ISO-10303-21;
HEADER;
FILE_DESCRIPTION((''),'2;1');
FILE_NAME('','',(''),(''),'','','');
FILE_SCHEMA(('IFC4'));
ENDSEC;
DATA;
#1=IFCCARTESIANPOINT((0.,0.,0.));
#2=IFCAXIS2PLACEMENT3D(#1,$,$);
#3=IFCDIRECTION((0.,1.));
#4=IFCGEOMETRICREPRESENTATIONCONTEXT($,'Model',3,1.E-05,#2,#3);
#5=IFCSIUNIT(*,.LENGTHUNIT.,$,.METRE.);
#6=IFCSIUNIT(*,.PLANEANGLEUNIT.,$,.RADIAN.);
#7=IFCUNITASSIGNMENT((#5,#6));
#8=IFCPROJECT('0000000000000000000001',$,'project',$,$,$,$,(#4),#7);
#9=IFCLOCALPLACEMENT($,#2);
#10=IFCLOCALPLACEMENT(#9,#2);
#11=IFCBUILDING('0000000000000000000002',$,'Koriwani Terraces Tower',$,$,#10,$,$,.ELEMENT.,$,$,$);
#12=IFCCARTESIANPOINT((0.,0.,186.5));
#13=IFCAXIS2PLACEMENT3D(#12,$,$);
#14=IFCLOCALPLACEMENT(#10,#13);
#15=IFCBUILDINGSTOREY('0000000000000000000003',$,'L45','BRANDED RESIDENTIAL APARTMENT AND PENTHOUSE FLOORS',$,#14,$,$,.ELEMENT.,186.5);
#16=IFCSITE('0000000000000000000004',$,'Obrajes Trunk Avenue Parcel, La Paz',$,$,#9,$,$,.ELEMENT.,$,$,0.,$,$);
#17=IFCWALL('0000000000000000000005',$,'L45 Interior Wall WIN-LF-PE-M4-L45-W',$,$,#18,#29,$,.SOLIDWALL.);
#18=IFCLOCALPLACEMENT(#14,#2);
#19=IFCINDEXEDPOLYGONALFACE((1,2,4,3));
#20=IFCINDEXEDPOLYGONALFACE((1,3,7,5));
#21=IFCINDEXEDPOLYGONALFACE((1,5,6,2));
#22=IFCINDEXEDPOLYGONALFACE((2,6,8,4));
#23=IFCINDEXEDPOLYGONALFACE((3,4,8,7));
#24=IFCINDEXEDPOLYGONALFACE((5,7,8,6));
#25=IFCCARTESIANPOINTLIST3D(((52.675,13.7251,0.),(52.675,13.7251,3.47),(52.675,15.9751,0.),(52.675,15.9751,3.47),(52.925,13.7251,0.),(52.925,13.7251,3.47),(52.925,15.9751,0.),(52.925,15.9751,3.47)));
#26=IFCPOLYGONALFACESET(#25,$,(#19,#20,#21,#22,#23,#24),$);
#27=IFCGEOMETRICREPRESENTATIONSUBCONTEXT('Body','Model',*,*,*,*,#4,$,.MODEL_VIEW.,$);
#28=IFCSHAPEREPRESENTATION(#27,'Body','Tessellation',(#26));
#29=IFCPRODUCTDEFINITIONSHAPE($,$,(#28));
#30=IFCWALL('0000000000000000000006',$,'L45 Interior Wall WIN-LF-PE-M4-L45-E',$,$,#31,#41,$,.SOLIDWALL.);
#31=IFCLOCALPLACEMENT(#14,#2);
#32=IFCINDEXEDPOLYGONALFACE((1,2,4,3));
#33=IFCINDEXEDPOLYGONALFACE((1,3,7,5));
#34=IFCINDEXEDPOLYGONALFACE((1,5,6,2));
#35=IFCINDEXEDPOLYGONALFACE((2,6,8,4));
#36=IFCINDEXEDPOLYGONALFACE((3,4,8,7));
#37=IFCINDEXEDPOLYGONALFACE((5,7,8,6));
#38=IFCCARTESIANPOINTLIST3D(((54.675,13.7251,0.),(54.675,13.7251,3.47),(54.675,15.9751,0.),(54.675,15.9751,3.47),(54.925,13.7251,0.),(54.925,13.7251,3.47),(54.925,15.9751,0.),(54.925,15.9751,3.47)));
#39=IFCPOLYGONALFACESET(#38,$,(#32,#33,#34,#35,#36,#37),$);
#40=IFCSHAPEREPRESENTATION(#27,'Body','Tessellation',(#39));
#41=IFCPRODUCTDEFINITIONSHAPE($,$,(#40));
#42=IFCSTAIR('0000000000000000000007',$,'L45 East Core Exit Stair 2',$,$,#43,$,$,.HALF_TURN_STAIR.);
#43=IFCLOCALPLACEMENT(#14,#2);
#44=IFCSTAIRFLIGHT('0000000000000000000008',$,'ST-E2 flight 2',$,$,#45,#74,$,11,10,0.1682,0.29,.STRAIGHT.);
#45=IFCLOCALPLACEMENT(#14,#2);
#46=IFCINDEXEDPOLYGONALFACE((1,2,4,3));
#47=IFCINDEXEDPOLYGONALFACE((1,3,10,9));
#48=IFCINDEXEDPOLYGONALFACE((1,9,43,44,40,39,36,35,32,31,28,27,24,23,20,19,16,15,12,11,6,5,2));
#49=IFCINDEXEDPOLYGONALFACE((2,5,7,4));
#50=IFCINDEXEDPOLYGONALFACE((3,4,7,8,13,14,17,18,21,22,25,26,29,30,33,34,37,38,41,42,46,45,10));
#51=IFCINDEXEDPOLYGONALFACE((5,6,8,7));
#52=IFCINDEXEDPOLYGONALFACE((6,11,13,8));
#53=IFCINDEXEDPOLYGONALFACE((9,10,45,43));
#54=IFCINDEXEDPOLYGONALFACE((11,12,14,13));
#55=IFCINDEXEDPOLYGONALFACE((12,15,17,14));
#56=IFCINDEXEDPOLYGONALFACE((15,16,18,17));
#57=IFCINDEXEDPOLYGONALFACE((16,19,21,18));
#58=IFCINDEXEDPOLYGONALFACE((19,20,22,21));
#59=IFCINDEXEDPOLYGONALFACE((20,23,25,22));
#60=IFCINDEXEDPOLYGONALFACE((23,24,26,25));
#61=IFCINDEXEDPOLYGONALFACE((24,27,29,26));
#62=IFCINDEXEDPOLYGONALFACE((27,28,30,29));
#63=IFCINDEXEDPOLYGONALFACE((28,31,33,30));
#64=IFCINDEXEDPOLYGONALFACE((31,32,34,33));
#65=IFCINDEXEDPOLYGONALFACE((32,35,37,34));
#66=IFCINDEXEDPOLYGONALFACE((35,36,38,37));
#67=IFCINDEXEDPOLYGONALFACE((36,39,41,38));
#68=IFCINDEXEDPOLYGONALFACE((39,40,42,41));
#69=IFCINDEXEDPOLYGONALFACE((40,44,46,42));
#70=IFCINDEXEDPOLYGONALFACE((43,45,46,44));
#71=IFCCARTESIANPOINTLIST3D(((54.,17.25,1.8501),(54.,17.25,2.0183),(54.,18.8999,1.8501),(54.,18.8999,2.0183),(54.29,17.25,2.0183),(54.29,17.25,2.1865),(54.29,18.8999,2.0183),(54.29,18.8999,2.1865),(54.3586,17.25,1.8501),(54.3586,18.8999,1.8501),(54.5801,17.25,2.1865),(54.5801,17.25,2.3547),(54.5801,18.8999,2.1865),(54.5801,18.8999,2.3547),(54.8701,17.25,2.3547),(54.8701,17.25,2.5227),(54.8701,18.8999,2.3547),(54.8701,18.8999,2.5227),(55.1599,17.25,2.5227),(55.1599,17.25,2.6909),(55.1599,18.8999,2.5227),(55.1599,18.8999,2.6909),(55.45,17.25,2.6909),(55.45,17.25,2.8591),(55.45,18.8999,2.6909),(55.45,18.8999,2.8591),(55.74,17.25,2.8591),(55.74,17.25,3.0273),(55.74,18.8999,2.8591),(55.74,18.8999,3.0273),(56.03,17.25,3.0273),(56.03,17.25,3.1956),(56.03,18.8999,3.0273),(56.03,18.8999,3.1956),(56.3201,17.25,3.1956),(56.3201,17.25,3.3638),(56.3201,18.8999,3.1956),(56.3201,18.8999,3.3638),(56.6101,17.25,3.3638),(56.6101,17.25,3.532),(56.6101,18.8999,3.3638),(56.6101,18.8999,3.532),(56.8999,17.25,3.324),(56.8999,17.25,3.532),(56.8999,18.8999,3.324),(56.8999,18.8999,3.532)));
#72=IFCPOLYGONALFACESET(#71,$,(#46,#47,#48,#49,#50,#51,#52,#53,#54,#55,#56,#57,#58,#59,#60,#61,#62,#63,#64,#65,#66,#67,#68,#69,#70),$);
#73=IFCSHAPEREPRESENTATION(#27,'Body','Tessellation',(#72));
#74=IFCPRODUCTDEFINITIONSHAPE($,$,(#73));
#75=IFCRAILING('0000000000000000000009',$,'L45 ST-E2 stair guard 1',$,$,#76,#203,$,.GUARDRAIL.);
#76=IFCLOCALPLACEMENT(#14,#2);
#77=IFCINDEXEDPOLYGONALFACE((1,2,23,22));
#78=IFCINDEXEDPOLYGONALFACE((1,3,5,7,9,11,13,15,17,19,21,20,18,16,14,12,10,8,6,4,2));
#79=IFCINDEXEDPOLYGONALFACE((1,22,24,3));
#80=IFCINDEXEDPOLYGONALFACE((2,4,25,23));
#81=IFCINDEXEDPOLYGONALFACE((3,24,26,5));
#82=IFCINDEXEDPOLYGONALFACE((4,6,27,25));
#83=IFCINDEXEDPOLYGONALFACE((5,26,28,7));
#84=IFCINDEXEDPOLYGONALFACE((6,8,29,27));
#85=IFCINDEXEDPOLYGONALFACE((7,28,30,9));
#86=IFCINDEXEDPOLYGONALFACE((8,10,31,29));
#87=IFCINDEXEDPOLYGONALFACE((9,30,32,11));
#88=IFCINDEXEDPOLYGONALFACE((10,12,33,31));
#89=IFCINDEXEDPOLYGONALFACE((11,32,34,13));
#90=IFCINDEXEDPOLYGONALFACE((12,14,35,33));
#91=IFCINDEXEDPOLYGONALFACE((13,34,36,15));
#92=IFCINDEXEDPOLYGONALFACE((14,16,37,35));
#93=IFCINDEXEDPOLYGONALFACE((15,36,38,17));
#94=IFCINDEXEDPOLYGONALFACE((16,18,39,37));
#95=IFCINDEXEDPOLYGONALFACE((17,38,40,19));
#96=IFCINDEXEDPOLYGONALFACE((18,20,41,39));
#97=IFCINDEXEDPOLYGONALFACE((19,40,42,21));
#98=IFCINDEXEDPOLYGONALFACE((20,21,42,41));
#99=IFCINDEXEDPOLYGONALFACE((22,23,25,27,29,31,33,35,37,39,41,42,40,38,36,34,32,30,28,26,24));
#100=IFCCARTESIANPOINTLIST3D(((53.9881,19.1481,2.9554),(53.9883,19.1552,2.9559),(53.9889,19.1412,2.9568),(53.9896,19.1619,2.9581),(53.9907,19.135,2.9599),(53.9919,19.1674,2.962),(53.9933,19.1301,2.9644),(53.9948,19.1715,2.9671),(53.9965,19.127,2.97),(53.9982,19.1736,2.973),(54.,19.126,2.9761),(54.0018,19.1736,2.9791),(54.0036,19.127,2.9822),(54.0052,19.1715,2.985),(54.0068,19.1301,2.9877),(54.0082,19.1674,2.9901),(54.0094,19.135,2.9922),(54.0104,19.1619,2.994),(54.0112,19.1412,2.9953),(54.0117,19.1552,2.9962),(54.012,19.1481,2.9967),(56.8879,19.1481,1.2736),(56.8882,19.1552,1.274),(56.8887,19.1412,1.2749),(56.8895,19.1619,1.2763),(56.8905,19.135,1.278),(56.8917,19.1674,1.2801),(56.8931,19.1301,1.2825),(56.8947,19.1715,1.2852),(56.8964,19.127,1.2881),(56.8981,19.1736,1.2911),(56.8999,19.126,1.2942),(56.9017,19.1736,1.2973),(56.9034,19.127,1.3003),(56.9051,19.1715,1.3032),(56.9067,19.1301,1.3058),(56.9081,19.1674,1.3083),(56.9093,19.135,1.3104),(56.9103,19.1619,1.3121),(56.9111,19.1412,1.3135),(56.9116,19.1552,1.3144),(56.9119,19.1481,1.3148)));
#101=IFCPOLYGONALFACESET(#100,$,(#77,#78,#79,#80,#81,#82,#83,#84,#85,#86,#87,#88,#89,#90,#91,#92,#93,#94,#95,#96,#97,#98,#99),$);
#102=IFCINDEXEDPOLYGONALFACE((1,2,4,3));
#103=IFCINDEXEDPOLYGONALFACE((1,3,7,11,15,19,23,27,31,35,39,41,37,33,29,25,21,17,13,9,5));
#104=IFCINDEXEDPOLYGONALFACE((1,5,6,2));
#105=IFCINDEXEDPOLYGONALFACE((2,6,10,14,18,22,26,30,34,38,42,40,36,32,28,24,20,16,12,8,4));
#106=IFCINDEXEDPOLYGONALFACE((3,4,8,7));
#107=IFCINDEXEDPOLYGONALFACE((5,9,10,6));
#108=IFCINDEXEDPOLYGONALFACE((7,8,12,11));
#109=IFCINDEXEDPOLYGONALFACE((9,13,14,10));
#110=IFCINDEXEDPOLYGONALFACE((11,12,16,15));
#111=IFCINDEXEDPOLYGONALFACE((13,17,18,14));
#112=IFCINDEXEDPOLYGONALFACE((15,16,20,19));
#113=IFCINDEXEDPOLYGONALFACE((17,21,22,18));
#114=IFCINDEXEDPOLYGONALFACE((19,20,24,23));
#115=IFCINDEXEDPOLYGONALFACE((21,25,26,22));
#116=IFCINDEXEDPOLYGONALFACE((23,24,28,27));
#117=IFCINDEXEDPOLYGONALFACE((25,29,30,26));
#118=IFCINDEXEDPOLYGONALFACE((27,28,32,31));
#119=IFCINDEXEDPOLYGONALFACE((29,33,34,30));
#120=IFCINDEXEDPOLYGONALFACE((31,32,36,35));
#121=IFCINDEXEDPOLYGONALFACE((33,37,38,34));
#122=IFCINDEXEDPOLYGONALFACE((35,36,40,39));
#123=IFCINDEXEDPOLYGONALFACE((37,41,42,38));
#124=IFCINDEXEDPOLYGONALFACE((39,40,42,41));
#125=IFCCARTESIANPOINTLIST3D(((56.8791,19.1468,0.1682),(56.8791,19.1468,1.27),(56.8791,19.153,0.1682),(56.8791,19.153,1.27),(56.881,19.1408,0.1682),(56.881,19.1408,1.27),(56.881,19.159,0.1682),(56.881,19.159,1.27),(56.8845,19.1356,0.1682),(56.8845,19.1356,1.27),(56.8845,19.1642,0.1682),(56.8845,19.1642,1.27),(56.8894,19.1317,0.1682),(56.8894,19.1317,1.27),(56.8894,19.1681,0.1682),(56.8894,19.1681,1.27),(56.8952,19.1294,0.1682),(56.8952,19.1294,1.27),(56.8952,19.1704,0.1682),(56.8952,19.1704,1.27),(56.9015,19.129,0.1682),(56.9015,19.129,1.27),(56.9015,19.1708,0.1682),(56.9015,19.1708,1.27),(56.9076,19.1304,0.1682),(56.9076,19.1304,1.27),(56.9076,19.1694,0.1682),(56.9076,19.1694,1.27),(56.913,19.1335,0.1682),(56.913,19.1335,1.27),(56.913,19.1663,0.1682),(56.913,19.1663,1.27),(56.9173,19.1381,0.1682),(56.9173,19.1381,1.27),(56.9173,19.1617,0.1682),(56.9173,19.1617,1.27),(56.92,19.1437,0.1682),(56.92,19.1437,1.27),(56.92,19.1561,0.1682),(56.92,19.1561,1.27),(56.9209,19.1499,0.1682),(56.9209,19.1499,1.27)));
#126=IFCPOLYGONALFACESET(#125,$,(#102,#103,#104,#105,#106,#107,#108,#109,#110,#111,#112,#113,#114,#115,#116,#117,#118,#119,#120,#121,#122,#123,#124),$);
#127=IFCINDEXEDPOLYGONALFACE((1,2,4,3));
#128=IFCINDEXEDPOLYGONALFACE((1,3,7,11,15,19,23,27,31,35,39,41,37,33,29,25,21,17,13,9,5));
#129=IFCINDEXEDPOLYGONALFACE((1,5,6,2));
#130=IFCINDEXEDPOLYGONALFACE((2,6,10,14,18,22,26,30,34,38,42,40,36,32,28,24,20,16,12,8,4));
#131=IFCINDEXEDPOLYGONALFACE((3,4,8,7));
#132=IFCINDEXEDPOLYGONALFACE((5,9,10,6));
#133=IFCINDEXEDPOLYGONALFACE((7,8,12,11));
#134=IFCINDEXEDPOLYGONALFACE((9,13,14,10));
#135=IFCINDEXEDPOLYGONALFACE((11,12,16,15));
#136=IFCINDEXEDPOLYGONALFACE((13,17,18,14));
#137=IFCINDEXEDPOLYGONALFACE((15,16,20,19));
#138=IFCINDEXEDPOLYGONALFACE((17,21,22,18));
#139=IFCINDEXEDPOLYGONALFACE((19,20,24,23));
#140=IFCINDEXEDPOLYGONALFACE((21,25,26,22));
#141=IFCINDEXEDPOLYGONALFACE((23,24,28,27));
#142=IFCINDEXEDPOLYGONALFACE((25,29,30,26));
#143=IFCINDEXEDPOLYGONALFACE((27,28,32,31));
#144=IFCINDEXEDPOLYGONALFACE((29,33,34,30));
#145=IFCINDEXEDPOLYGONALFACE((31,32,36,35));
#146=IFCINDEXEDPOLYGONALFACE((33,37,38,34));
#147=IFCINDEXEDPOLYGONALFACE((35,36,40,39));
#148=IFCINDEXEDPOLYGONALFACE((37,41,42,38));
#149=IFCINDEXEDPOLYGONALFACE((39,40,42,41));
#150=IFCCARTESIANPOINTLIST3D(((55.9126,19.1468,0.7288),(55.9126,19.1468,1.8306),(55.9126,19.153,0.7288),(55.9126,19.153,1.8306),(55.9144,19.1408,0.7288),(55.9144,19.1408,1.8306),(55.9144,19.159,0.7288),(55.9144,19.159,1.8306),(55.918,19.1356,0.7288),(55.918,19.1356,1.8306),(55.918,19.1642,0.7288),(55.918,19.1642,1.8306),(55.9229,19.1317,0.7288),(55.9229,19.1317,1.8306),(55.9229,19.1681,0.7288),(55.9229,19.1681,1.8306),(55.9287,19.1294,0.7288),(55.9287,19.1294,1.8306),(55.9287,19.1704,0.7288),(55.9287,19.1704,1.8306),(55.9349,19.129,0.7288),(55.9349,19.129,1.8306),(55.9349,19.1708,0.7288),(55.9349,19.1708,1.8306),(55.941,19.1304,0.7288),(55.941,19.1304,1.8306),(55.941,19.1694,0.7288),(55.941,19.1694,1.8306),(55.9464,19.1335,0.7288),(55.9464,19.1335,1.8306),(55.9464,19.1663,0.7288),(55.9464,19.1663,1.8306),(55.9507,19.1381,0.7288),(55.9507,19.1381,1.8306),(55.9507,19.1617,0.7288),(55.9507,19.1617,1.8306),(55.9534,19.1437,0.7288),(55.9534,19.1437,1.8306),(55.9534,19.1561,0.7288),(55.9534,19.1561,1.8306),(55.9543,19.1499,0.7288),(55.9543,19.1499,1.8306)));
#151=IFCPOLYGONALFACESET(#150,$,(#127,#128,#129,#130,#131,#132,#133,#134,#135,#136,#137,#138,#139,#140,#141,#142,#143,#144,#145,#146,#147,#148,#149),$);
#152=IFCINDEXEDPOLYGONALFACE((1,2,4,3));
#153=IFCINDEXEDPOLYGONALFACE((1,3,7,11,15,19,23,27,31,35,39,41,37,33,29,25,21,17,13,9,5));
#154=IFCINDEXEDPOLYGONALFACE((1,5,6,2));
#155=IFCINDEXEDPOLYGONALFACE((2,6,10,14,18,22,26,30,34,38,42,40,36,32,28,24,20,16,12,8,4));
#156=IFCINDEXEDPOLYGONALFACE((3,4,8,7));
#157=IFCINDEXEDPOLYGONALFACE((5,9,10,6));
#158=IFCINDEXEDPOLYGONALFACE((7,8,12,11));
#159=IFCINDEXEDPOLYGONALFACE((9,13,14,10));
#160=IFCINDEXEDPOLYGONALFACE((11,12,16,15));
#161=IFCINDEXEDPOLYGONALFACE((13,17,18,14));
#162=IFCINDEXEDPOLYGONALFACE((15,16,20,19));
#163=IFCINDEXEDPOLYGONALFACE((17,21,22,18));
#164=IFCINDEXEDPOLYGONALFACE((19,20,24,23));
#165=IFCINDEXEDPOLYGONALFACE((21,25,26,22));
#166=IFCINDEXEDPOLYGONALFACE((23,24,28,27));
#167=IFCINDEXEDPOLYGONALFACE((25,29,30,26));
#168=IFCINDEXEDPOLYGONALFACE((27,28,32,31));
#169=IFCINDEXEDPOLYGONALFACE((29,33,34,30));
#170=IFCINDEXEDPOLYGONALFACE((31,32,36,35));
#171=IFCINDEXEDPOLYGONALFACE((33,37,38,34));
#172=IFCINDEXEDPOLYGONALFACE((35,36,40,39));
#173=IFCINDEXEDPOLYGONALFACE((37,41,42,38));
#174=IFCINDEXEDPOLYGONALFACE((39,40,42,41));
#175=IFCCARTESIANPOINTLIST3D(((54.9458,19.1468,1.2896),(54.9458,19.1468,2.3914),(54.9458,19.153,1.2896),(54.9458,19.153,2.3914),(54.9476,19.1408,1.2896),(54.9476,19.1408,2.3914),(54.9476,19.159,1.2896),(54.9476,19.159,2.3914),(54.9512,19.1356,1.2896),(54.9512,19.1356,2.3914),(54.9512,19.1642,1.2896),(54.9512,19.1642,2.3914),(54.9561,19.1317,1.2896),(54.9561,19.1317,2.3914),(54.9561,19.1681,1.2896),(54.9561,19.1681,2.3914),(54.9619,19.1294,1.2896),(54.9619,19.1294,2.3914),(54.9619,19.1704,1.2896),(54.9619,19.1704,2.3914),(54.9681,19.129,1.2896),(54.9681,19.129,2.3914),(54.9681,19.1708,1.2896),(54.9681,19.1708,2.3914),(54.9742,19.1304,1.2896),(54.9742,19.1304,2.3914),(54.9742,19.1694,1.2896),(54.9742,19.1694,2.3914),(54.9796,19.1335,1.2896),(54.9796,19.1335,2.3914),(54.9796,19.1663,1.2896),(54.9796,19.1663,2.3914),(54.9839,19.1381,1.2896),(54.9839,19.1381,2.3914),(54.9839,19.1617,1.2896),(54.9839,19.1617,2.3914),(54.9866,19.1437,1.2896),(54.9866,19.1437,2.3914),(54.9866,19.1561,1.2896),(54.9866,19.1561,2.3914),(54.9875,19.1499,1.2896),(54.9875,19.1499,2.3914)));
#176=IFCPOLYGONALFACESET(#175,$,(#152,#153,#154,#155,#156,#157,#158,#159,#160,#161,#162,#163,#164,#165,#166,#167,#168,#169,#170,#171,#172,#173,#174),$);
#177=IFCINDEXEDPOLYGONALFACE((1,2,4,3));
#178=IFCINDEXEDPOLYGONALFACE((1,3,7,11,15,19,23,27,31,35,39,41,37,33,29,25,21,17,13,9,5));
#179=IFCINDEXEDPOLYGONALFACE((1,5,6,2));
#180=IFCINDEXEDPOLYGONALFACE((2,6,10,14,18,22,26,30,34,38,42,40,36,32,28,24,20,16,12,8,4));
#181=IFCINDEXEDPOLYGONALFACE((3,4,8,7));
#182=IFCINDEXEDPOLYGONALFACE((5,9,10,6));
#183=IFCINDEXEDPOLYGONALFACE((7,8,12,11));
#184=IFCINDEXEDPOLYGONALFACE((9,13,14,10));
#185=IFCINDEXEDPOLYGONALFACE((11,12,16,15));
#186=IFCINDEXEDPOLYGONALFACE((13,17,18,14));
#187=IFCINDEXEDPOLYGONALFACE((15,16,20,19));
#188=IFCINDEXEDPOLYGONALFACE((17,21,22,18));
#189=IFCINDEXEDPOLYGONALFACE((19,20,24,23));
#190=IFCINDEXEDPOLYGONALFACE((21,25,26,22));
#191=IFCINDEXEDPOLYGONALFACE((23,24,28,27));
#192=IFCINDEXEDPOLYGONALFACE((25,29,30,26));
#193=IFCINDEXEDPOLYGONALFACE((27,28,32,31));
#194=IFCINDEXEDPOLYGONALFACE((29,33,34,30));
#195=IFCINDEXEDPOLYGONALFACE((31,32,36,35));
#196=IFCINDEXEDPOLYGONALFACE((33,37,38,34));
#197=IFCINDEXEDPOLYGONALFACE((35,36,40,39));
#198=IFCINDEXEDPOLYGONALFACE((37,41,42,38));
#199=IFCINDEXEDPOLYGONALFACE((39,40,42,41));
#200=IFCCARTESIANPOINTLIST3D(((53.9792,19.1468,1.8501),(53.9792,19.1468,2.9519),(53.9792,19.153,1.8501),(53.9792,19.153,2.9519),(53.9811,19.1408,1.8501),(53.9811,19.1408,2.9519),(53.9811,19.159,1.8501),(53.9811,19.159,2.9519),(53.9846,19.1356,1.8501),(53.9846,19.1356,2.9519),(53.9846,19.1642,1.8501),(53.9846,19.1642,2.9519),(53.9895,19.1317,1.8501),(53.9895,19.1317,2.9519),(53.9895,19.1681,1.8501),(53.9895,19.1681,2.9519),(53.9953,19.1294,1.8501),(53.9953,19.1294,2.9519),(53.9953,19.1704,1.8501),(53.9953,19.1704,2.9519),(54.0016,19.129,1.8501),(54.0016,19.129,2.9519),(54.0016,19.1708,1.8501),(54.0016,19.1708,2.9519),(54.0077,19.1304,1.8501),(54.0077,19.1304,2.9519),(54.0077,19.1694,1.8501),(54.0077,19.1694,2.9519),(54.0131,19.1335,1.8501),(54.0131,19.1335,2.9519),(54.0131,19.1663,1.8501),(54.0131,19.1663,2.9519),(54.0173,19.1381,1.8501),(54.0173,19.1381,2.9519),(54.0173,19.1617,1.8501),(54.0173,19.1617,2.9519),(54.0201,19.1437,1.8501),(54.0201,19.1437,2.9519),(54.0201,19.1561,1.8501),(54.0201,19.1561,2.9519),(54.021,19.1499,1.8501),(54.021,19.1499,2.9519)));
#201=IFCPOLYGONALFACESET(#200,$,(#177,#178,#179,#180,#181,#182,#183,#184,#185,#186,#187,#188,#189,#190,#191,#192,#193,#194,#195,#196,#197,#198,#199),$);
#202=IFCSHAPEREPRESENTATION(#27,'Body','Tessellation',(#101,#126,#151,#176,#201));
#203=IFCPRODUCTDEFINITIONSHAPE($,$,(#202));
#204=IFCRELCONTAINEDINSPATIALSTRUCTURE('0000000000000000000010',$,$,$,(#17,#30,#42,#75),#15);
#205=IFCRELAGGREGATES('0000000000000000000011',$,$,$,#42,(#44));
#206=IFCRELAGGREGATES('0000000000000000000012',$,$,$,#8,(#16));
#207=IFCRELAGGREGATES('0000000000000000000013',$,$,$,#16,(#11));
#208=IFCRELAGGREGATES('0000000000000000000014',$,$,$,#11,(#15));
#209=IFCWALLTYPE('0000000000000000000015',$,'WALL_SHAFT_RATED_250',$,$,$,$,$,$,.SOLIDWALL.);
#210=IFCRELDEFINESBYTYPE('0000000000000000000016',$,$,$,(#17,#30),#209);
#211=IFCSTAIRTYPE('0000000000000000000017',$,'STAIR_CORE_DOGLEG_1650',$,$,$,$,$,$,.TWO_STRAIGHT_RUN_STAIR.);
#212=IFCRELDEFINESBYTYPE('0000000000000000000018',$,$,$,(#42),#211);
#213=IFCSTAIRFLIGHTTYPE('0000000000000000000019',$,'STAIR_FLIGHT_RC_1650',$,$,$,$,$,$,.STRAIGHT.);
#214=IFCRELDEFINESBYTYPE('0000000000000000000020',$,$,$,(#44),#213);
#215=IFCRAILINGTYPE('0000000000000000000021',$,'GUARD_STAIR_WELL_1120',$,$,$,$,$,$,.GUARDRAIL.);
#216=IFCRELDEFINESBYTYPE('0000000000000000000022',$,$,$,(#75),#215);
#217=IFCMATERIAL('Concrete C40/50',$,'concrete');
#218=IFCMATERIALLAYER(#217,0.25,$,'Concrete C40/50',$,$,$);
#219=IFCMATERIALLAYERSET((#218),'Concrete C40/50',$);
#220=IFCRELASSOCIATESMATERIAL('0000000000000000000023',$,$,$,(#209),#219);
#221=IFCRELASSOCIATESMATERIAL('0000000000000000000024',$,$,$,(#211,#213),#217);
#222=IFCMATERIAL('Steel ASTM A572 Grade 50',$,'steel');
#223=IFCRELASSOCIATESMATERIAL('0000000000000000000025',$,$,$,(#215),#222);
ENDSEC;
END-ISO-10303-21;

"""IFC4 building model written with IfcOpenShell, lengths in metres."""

from ifc_helpers import new_model, si_unit, direction, frame, frame_2d, origin, origin_2d, place, context, subcontext, project, spatial, polyline, rectangle, circle, outline, extrude, material, layer, layer_set, type_object, element, aggregate, save


model = new_model("IFC4")

# Units and contexts
model_context = context("Model", 3, precision=1e-05, world=origin(), true_north=direction((0.0, 1.0)))
body_context = subcontext(model_context, "Body", "Model", "MODEL_VIEW")
ifc_project = project(units=[si_unit("LENGTHUNIT", "METRE"), si_unit("PLANEANGLEUNIT", "RADIAN")], contexts=[model_context])

# Site, building, storey
site_placement = place(None, origin())
site = spatial("IfcSite", under=ifc_project, at=site_placement, Name="Obrajes Trunk Avenue Parcel, La Paz", CompositionType="ELEMENT", RefElevation=0.0)
building_placement = place(site_placement, origin())
building = spatial("IfcBuilding", under=site, at=building_placement, Name="Koriwani Terraces Tower", CompositionType="ELEMENT")
storey_placement = place(building_placement, frame((0.0, 0.0, 186.5)))
storey = spatial("IfcBuildingStorey", under=building, at=storey_placement, Name="L45", Description="BRANDED RESIDENTIAL APARTMENT AND PENTHOUSE FLOORS", CompositionType="ELEMENT", Elevation=186.5)

# Shared definitions
ifc_material_1 = material(Name="Concrete C40/50", Category="concrete")
ifc_material_2 = material(Name="Steel ASTM A572 Grade 50", Category="steel")

# Shared definitions
ifc_layer = layer(ifc_material_1, 0.25, Name="Concrete C40/50")
ifc_layer_set = layer_set([ifc_layer], Name="Concrete C40/50")
wall_type = type_object("IfcWallType", Name="WALL_SHAFT_RATED_250", PredefinedType="SOLIDWALL", material=ifc_layer_set)

# Walls
for number, where, z_axis, x_axis, name in (
    (1, (52.8, 13.7251, 0.0), (0.0, 0.0, 1.0), (0.0, 1.0, 0.0), "L45 Interior Wall WIN-LF-PE-M4-L45-W"),
    (2, (54.8, 13.7251, 0.0), (0.0, 0.0, 1.0), (0.0, 1.0, 0.0), "L45 Interior Wall WIN-LF-PE-M4-L45-E"),
):
    element("IfcWall", number, at=place(storey_placement, frame(where, z_axis=z_axis, x_axis=x_axis)), inside=storey, type_object=wall_type, Name=name, PredefinedType="SOLIDWALL", context=body_context, shape_type="SweptSolid", body=[
        extrude(rectangle(XDim=2.25, YDim=0.25, at=frame_2d((1.125, 0.0))), origin(), (0.0, 0.0, 1.0), 3.47),
    ])

# Stair, stair flight
stair_type = type_object("IfcStairType", Name="STAIR_CORE_DOGLEG_1650", PredefinedType="TWO_STRAIGHT_RUN_STAIR", material=ifc_material_1)
stair_placement = place(storey_placement, origin())
stair = element("IfcStair", 3, at=stair_placement, inside=storey, type_object=stair_type, Name="L45 East Core Exit Stair 2", PredefinedType="HALF_TURN_STAIR")
stair_flight_type = type_object("IfcStairFlightType", Name="STAIR_FLIGHT_RC_1650", PredefinedType="STRAIGHT", material=ifc_material_1)
stair_flight_placement = place(storey_placement, frame((54.0, 18.075, 1.8501), z_axis=(0.0, 0.0, 1.0), x_axis=(1.0, 0.0, 0.0)))
stair_flight = element("IfcStairFlight", 4, at=stair_flight_placement, type_object=stair_flight_type, Name="ST-E2 flight 2", NumberOfRisers=11, NumberOfTreads=10, PredefinedType="STRAIGHT", RiserHeight=0.1682, TreadLength=0.29, context=body_context, shape_type="SweptSolid", body=[
    extrude(outline(polyline([(0.0, 0.0), (0.0, 0.1682), (0.29, 0.1682), (0.29, 0.3364), (0.5801, 0.3364), (0.5801, 0.5046), (0.8701, 0.5046), (0.8701, 0.6726), (1.1599, 0.6726), (1.1599, 0.8408), (1.45, 0.8408), (1.45, 1.009), (1.74, 1.009), (1.74, 1.1772), (2.03, 1.1772), (2.03, 1.3455), (2.3201, 1.3455), (2.3201, 1.5137), (2.6101, 1.5137), (2.6101, 1.6819), (2.8999, 1.6819), (2.8999, 1.8501), (2.8999, 1.4739), (0.3586, 0.0), (0.0, 0.0)])), frame((0.0, 0.825, 0.0), z_axis=(0.0, -1.0, 0.0), x_axis=(1.0, 0.0, 0.0)), (0.0, 0.0, 1.0), 1.6499),
])
aggregate(stair, [stair_flight])

# Railing
railing_type_1 = type_object("IfcRailingType", Name="GUARD_STAIR_WELL_1120", PredefinedType="GUARDRAIL", material=ifc_material_2)
railing_1_placement = place(storey_placement, frame((56.8999, 19.1499, 0.1682)))
element("IfcRailing", 5, at=railing_1_placement, inside=storey, type_object=railing_type_1, Name="L45 ST-E2 stair guard 1", PredefinedType="GUARDRAIL", context=body_context, shape_type="SweptSolid", body=[
    extrude(circle(Radius=0.0239, at=origin_2d()), frame((0.0, 0.0, 1.126), z_axis=(-0.865039, 0.0, 0.501705), x_axis=(0.0, -1.0, 0.0)), (0.0, 0.0, 1.0), 3.3523),
    extrude(circle(Radius=0.021, at=origin_2d()), origin(), (0.0, 0.0, 1.0), 1.1018),
    extrude(circle(Radius=0.021, at=origin_2d()), frame((-0.9666, 0.0, 0.5605)), (0.0, 0.0, 1.0), 1.1018),
    extrude(circle(Radius=0.021, at=origin_2d()), frame((-1.9333, 0.0, 1.1213)), (0.0, 0.0, 1.0), 1.1018),
    extrude(circle(Radius=0.021, at=origin_2d()), frame((-2.8999, 0.0, 1.6819)), (0.0, 0.0, 1.0), 1.1018),
])

save(model, "model.ifc")
